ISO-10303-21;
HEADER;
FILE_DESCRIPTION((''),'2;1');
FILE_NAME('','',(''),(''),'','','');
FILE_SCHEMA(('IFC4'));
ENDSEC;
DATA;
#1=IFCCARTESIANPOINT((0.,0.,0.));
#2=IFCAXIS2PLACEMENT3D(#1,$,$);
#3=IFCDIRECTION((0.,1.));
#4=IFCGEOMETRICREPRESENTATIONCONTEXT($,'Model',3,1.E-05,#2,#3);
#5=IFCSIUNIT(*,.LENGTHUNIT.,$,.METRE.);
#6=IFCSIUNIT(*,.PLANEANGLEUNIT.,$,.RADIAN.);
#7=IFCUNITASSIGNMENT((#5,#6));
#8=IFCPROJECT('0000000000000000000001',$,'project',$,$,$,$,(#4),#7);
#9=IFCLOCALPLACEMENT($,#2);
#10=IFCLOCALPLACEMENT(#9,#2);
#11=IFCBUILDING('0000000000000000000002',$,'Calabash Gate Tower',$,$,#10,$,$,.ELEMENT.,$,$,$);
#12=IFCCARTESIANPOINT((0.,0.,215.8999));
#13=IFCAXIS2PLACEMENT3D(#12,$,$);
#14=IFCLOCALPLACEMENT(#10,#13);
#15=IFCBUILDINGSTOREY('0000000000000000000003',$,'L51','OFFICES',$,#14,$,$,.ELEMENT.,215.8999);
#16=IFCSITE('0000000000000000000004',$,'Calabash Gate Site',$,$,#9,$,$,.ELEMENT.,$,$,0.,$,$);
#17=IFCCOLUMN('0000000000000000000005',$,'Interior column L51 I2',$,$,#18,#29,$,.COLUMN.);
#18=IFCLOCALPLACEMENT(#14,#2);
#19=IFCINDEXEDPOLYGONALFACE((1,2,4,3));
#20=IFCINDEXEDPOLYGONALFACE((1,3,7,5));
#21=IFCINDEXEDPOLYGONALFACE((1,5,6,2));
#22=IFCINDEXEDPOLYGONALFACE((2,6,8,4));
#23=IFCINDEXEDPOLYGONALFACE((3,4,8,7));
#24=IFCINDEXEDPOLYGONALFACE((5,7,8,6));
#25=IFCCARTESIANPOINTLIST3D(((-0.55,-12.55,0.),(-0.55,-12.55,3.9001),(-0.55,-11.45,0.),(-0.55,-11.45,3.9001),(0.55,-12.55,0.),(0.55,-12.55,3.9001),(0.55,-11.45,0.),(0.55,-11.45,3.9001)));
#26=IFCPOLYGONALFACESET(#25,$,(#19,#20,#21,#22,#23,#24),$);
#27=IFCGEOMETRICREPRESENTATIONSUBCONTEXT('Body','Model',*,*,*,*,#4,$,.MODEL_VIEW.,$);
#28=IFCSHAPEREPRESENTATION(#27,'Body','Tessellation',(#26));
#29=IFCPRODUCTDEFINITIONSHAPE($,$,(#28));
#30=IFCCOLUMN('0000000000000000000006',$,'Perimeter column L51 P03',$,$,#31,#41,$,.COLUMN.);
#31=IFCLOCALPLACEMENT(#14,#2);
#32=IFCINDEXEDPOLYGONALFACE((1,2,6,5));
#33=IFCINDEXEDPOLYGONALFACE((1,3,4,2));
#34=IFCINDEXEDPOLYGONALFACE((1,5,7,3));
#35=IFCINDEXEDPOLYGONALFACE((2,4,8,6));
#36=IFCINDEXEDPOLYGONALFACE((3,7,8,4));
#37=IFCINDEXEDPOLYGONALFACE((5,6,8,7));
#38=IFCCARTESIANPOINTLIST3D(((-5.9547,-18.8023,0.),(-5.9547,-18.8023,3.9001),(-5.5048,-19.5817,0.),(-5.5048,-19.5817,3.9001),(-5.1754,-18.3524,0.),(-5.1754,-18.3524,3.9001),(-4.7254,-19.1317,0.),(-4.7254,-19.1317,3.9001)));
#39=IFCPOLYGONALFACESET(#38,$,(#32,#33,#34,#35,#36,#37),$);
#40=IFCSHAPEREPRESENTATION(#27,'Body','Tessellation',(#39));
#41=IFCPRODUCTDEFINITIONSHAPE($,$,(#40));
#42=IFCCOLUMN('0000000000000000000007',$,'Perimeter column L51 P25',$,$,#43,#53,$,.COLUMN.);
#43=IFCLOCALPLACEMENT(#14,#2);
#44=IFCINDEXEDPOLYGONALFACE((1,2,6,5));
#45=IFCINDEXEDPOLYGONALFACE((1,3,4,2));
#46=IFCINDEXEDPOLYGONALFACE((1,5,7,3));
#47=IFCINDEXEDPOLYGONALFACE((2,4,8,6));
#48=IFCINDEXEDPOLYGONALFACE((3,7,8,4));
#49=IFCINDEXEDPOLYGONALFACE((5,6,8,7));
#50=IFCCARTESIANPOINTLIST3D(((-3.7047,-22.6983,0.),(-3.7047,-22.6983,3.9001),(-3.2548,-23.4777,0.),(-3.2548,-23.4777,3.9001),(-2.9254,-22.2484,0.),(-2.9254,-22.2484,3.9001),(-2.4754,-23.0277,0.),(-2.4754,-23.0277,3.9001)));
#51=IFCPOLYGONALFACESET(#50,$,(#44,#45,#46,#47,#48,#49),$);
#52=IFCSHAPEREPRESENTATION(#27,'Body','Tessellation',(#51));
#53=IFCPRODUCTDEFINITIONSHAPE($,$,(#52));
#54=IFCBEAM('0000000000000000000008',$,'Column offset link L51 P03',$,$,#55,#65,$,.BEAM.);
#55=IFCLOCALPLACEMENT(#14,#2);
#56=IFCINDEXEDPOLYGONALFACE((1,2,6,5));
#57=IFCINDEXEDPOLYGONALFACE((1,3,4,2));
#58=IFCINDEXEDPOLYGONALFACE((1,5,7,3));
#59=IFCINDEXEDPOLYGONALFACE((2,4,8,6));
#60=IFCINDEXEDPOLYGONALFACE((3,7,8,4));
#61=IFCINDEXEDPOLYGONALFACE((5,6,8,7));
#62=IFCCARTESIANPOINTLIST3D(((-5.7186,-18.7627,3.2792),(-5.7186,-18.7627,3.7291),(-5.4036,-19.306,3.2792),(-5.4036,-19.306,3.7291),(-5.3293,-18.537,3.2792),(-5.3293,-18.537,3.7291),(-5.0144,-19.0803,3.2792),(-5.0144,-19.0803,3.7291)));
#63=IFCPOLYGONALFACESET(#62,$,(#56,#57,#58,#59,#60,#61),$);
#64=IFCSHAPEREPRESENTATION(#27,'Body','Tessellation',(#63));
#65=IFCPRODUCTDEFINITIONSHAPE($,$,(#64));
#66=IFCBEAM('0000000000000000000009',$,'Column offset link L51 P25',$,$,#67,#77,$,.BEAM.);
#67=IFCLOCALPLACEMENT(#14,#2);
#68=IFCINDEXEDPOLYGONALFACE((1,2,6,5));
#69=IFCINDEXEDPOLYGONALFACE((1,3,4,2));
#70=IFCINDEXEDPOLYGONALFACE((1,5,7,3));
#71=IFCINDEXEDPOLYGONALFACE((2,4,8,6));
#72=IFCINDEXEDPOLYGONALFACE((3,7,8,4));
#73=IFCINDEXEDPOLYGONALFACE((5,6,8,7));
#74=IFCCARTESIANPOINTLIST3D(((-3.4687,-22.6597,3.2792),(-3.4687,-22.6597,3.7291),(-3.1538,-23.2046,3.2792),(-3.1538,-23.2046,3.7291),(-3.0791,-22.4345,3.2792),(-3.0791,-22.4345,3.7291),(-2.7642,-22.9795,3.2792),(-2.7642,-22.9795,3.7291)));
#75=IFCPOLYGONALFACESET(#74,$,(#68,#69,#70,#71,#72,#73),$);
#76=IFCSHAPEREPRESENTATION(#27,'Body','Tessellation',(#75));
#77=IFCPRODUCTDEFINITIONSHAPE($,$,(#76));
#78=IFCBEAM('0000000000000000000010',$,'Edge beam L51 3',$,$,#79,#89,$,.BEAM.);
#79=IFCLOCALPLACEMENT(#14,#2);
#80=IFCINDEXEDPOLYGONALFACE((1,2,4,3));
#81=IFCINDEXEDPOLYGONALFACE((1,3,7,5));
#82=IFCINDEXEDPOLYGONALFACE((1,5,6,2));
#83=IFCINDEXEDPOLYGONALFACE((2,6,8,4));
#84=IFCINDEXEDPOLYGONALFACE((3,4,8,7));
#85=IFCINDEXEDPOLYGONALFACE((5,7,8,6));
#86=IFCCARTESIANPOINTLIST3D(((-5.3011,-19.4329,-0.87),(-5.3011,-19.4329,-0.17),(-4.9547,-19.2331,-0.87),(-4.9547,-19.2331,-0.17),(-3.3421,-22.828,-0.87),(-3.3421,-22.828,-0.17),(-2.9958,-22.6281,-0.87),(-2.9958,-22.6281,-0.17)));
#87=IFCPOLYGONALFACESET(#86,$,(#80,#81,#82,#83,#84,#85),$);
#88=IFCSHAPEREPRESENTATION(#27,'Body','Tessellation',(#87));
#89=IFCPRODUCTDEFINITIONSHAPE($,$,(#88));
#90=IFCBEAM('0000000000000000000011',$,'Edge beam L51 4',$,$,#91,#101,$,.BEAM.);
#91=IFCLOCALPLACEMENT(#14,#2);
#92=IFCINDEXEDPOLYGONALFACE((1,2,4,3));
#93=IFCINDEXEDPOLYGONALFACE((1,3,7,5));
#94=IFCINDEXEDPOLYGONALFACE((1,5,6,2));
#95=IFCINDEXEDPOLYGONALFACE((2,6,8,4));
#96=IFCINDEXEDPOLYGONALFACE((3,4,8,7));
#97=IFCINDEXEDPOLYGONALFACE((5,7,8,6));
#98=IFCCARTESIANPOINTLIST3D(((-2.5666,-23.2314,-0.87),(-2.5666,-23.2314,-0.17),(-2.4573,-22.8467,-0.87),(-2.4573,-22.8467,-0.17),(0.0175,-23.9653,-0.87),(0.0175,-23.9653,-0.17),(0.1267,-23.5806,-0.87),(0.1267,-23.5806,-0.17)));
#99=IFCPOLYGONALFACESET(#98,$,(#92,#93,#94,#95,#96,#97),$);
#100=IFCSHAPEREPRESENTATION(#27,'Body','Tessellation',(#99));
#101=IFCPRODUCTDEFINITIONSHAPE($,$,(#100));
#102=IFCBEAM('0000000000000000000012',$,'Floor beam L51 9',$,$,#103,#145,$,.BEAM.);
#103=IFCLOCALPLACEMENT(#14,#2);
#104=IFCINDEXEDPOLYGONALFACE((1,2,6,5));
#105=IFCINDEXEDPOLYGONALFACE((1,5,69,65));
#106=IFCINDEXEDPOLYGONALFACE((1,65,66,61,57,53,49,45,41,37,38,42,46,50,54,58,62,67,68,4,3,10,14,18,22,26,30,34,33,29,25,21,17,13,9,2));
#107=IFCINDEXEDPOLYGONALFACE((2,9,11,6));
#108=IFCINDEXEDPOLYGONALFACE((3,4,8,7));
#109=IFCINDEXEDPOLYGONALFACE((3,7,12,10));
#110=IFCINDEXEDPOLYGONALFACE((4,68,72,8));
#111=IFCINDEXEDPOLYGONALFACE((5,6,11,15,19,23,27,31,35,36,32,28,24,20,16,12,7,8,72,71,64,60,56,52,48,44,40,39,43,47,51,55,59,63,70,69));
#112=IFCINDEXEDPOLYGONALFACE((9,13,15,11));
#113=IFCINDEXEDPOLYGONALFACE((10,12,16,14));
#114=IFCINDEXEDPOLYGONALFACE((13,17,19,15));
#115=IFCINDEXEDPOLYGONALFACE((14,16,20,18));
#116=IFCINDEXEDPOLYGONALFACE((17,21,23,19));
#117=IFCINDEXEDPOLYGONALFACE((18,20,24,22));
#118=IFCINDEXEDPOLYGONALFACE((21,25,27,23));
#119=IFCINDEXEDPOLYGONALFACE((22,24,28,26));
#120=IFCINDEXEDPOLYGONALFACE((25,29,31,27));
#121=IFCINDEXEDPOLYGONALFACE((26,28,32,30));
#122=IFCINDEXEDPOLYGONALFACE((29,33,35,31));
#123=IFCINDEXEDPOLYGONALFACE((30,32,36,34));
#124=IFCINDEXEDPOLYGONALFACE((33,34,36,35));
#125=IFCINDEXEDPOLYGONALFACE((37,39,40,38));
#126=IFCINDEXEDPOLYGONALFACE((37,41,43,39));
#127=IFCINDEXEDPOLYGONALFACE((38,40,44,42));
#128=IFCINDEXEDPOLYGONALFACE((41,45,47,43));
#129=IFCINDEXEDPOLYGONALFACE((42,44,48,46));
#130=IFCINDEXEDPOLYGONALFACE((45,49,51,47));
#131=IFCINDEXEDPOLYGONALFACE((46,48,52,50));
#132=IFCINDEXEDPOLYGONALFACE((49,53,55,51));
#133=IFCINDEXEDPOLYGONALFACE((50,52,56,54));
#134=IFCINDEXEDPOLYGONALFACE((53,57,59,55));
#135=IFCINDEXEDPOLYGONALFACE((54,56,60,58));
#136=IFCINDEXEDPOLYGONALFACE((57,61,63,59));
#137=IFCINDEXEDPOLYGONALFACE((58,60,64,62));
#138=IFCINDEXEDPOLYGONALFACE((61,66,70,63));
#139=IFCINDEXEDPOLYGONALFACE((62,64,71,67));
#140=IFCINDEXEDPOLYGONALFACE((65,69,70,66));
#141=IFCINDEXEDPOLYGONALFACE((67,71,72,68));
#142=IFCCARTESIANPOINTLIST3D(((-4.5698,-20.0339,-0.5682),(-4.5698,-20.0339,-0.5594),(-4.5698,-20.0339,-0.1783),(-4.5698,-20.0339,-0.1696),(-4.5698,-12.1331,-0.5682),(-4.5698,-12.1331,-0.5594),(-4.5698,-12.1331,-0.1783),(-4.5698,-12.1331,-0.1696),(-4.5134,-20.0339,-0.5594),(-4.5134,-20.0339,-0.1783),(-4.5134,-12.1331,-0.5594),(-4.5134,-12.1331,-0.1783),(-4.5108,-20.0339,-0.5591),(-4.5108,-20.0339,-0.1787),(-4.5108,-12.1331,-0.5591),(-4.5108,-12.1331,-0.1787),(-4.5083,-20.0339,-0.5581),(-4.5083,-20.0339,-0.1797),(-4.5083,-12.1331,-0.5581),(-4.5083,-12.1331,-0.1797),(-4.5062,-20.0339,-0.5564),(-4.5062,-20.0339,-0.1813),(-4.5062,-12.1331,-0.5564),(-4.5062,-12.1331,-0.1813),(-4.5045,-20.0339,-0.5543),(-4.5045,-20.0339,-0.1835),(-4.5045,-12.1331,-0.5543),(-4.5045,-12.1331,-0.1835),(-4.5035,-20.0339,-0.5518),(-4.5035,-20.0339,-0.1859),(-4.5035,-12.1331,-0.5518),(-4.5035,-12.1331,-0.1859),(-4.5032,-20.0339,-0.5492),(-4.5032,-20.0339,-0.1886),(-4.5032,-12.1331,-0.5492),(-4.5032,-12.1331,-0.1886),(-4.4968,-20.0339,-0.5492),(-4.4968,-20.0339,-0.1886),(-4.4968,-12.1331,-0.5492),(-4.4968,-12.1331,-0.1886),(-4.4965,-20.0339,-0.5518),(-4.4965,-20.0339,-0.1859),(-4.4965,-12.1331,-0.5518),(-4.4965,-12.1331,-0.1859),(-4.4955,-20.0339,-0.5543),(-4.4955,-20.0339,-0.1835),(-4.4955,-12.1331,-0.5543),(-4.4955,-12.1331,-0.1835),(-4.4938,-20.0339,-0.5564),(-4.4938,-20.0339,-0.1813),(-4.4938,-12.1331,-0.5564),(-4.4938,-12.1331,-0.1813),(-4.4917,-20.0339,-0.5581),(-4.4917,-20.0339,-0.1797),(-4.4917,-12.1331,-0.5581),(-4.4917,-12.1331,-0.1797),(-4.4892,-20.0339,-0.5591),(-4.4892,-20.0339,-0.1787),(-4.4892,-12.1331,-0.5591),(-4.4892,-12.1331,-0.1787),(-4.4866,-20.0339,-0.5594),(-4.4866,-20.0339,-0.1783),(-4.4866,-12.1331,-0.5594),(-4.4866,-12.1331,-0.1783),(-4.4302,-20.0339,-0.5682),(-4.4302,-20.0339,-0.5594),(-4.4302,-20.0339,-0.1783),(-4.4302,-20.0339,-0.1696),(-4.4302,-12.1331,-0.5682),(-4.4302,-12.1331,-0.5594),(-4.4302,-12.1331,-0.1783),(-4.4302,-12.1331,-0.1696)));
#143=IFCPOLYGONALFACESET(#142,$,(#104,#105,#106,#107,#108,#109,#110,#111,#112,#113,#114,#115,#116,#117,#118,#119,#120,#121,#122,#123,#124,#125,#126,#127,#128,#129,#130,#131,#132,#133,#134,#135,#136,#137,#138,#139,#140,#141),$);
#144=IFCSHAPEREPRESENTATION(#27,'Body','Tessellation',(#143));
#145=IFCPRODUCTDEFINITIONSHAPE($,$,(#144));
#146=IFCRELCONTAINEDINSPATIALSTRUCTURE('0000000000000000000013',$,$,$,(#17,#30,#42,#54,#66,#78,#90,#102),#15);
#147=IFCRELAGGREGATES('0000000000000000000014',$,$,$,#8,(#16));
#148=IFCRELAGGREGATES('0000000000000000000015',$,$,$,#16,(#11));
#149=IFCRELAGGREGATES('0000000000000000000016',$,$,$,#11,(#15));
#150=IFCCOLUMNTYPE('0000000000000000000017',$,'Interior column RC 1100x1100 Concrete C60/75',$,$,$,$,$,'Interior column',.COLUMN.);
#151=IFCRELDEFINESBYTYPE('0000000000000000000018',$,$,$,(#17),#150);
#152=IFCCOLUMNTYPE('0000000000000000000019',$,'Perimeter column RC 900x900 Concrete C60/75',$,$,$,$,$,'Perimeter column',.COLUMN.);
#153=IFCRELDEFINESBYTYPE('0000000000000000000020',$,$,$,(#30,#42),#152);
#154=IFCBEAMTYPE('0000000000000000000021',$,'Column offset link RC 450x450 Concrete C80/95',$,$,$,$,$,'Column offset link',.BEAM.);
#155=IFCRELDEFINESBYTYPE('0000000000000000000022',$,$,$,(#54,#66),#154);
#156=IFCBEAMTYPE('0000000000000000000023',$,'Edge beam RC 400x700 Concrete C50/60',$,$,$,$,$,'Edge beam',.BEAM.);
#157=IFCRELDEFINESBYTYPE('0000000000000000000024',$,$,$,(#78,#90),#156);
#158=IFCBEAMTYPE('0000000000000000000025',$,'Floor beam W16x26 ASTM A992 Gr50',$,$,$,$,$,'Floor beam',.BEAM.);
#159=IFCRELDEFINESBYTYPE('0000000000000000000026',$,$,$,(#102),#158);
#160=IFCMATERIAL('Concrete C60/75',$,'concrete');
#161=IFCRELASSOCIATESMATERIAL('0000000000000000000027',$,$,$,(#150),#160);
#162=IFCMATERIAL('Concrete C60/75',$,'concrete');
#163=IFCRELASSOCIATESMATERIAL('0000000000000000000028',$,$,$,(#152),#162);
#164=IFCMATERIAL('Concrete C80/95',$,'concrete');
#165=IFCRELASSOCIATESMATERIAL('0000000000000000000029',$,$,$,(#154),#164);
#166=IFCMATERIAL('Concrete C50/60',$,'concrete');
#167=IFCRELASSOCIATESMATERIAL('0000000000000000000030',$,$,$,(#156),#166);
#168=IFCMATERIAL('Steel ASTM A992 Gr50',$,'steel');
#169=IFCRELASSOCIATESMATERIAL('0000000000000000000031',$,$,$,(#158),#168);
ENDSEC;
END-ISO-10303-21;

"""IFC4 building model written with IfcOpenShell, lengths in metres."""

from ifc_helpers import new_model, si_unit, direction, frame, origin, origin_2d, place, context, subcontext, project, spatial, rectangle, i_section, extrude, material, material_profile, profile_set, type_object, element, save


model = new_model("IFC4")

# Units and contexts
model_context = context("Model", 3, precision=1e-05, world=origin(), true_north=direction((0.0, 1.0)))
body_context = subcontext(model_context, "Body", "Model", "MODEL_VIEW")
ifc_project = project(units=[si_unit("LENGTHUNIT", "METRE"), si_unit("PLANEANGLEUNIT", "RADIAN")], contexts=[model_context])

# Site, building, storey
site_placement = place(None, origin())
site = spatial("IfcSite", under=ifc_project, at=site_placement, Name="Calabash Gate Site", CompositionType="ELEMENT", RefElevation=0.0)
building_placement = place(site_placement, origin())
building = spatial("IfcBuilding", under=site, at=building_placement, Name="Calabash Gate Tower", CompositionType="ELEMENT")
storey_placement = place(building_placement, frame((0.0, 0.0, 215.8999)))
storey = spatial("IfcBuildingStorey", under=building, at=storey_placement, Name="L51", Description="OFFICES", CompositionType="ELEMENT", Elevation=215.8999)

# Columns
ifc_material_1 = material(Name="Concrete C60/75", Category="concrete")
ifc_material_profile_1 = material_profile(ifc_material_1, rectangle(XDim=1.1001, YDim=1.1001, at=origin_2d()))
ifc_profile_set_1 = profile_set([ifc_material_profile_1], Name="Concrete C60/75")
column_type_1 = type_object("IfcColumnType", Name="Interior column RC 1100x1100 Concrete C60/75", ElementType="Interior column", PredefinedType="COLUMN", material=ifc_profile_set_1)
column_placement = place(storey_placement, frame((0.0, -12.0, 0.0), z_axis=(0.0, 0.0, 1.0), x_axis=(1.0, 0.0, 0.0)))
element("IfcColumn", 1, at=column_placement, inside=storey, type_object=column_type_1, Name="Interior column L51 I2", PredefinedType="COLUMN", context=body_context, shape_type="SweptSolid", body=[
    extrude(rectangle(XDim=1.1001, YDim=1.1001, at=origin_2d()), origin(), (0.0, 0.0, 1.0), 3.9001),
])
ifc_material_2 = material(Name="Concrete C60/75", Category="concrete")
ifc_material_profile_2 = material_profile(ifc_material_2, rectangle(XDim=0.8999, YDim=0.8999, at=origin_2d()))
ifc_profile_set_2 = profile_set([ifc_material_profile_2], Name="Concrete C60/75")
column_type_2 = type_object("IfcColumnType", Name="Perimeter column RC 900x900 Concrete C60/75", ElementType="Perimeter column", PredefinedType="COLUMN", material=ifc_profile_set_2)
for number, where, z_axis, x_axis, name in (
    (2, (-5.3401, -18.967, 0.0), (0.0, 0.0, 1.0), (0.5, -0.866025, 0.0), "Perimeter column L51 P03"),
    (3, (-3.0901, -22.863, 0.0), (0.0, 0.0, 1.0), (0.5, -0.866025, 0.0), "Perimeter column L51 P25"),
):
    element("IfcColumn", number, at=place(storey_placement, frame(where, z_axis=z_axis, x_axis=x_axis)), inside=storey, type_object=column_type_2, Name=name, PredefinedType="COLUMN", context=body_context, shape_type="SweptSolid", body=[
        extrude(rectangle(XDim=0.8999, YDim=0.8999, at=origin_2d()), origin(), (0.0, 0.0, 1.0), 3.9001),
    ])

# Beams
ifc_material_3 = material(Name="Concrete C80/95", Category="concrete")
ifc_material_profile_3 = material_profile(ifc_material_3, rectangle(XDim=0.45, YDim=0.45, at=origin_2d()))
ifc_profile_set_3 = profile_set([ifc_material_profile_3], Name="Concrete C80/95")
beam_type_1 = type_object("IfcBeamType", Name="Column offset link RC 450x450 Concrete C80/95", ElementType="Column offset link", PredefinedType="BEAM", material=ifc_profile_set_3)
beam_1_placement = place(storey_placement, frame((-5.209, -19.1931, 3.5042), z_axis=(-0.501573, 0.865116, 0.0), x_axis=(-0.865116, -0.501573, 0.0)))
element("IfcBeam", 4, at=beam_1_placement, inside=storey, type_object=beam_type_1, Name="Column offset link L51 P03", PredefinedType="BEAM", context=body_context, shape_type="SweptSolid", body=[
    extrude(rectangle(XDim=0.45, YDim=0.45, at=origin_2d()), origin(), (0.0, 0.0, 1.0), 0.6279),
])
beam_2_placement = place(storey_placement, frame((-2.959, -23.092, 3.5042), z_axis=(-0.500394, 0.865798, 0.0), x_axis=(-0.865798, -0.500394, 0.0)))
element("IfcBeam", 5, at=beam_2_placement, inside=storey, type_object=beam_type_1, Name="Column offset link L51 P25", PredefinedType="BEAM", context=body_context, shape_type="SweptSolid", body=[
    extrude(rectangle(XDim=0.45, YDim=0.45, at=origin_2d()), origin(), (0.0, 0.0, 1.0), 0.6294),
])
ifc_material_4 = material(Name="Concrete C50/60", Category="concrete")
ifc_material_profile_4 = material_profile(ifc_material_4, rectangle(XDim=0.3999, YDim=0.7, at=origin_2d()))
ifc_profile_set_4 = profile_set([ifc_material_profile_4], Name="Concrete C50/60")
beam_type_2 = type_object("IfcBeamType", Name="Edge beam RC 400x700 Concrete C50/60", ElementType="Edge beam", PredefinedType="BEAM", material=ifc_profile_set_4)
beam_3_placement = place(storey_placement, frame((-5.1279, -19.333, -0.52), z_axis=(0.499784, -0.86615, 0.0), x_axis=(0.86615, 0.499784, 0.0)))
element("IfcBeam", 6, at=beam_3_placement, inside=storey, type_object=beam_type_2, Name="Edge beam L51 3", PredefinedType="BEAM", context=body_context, shape_type="SweptSolid", body=[
    extrude(rectangle(XDim=0.3999, YDim=0.7, at=origin_2d()), origin(), (0.0, 0.0, 1.0), 3.9197),
])
beam_4_placement = place(storey_placement, frame((-2.512, -23.0391, -0.52), z_axis=(0.961955, -0.273208, 0.0), x_axis=(0.273208, 0.961955, 0.0)))
element("IfcBeam", 7, at=beam_4_placement, inside=storey, type_object=beam_type_2, Name="Edge beam L51 4", PredefinedType="BEAM", context=body_context, shape_type="SweptSolid", body=[
    extrude(rectangle(XDim=0.3999, YDim=0.7, at=origin_2d()), origin(), (0.0, 0.0, 1.0), 2.6863),
])
ifc_material_5 = material(Name="Steel ASTM A992 Gr50", Category="steel")
ifc_material_profile_5 = material_profile(ifc_material_5, i_section(OverallWidth=0.1396, OverallDepth=0.3987, WebThickness=0.0063, FlangeThickness=0.0088, FilletRadius=0.0103, at=origin_2d()))
ifc_profile_set_5 = profile_set([ifc_material_profile_5], Name="Steel ASTM A992 Gr50")
beam_type_3 = type_object("IfcBeamType", Name="Floor beam W16x26 ASTM A992 Gr50", ElementType="Floor beam", PredefinedType="BEAM", material=ifc_profile_set_5)
beam_5_placement = place(storey_placement, frame((-4.5, -20.0339, -0.3689), z_axis=(0.0, 1.0, 0.0), x_axis=(-1.0, 0.0, 0.0)))
element("IfcBeam", 8, at=beam_5_placement, inside=storey, type_object=beam_type_3, Name="Floor beam L51 9", PredefinedType="BEAM", context=body_context, shape_type="SweptSolid", body=[
    extrude(i_section(OverallWidth=0.1396, OverallDepth=0.3987, WebThickness=0.0063, FlangeThickness=0.0088, FilletRadius=0.0103, at=origin_2d()), origin(), (0.0, 0.0, 1.0), 7.9009),
])

save(model, "model.ifc")
